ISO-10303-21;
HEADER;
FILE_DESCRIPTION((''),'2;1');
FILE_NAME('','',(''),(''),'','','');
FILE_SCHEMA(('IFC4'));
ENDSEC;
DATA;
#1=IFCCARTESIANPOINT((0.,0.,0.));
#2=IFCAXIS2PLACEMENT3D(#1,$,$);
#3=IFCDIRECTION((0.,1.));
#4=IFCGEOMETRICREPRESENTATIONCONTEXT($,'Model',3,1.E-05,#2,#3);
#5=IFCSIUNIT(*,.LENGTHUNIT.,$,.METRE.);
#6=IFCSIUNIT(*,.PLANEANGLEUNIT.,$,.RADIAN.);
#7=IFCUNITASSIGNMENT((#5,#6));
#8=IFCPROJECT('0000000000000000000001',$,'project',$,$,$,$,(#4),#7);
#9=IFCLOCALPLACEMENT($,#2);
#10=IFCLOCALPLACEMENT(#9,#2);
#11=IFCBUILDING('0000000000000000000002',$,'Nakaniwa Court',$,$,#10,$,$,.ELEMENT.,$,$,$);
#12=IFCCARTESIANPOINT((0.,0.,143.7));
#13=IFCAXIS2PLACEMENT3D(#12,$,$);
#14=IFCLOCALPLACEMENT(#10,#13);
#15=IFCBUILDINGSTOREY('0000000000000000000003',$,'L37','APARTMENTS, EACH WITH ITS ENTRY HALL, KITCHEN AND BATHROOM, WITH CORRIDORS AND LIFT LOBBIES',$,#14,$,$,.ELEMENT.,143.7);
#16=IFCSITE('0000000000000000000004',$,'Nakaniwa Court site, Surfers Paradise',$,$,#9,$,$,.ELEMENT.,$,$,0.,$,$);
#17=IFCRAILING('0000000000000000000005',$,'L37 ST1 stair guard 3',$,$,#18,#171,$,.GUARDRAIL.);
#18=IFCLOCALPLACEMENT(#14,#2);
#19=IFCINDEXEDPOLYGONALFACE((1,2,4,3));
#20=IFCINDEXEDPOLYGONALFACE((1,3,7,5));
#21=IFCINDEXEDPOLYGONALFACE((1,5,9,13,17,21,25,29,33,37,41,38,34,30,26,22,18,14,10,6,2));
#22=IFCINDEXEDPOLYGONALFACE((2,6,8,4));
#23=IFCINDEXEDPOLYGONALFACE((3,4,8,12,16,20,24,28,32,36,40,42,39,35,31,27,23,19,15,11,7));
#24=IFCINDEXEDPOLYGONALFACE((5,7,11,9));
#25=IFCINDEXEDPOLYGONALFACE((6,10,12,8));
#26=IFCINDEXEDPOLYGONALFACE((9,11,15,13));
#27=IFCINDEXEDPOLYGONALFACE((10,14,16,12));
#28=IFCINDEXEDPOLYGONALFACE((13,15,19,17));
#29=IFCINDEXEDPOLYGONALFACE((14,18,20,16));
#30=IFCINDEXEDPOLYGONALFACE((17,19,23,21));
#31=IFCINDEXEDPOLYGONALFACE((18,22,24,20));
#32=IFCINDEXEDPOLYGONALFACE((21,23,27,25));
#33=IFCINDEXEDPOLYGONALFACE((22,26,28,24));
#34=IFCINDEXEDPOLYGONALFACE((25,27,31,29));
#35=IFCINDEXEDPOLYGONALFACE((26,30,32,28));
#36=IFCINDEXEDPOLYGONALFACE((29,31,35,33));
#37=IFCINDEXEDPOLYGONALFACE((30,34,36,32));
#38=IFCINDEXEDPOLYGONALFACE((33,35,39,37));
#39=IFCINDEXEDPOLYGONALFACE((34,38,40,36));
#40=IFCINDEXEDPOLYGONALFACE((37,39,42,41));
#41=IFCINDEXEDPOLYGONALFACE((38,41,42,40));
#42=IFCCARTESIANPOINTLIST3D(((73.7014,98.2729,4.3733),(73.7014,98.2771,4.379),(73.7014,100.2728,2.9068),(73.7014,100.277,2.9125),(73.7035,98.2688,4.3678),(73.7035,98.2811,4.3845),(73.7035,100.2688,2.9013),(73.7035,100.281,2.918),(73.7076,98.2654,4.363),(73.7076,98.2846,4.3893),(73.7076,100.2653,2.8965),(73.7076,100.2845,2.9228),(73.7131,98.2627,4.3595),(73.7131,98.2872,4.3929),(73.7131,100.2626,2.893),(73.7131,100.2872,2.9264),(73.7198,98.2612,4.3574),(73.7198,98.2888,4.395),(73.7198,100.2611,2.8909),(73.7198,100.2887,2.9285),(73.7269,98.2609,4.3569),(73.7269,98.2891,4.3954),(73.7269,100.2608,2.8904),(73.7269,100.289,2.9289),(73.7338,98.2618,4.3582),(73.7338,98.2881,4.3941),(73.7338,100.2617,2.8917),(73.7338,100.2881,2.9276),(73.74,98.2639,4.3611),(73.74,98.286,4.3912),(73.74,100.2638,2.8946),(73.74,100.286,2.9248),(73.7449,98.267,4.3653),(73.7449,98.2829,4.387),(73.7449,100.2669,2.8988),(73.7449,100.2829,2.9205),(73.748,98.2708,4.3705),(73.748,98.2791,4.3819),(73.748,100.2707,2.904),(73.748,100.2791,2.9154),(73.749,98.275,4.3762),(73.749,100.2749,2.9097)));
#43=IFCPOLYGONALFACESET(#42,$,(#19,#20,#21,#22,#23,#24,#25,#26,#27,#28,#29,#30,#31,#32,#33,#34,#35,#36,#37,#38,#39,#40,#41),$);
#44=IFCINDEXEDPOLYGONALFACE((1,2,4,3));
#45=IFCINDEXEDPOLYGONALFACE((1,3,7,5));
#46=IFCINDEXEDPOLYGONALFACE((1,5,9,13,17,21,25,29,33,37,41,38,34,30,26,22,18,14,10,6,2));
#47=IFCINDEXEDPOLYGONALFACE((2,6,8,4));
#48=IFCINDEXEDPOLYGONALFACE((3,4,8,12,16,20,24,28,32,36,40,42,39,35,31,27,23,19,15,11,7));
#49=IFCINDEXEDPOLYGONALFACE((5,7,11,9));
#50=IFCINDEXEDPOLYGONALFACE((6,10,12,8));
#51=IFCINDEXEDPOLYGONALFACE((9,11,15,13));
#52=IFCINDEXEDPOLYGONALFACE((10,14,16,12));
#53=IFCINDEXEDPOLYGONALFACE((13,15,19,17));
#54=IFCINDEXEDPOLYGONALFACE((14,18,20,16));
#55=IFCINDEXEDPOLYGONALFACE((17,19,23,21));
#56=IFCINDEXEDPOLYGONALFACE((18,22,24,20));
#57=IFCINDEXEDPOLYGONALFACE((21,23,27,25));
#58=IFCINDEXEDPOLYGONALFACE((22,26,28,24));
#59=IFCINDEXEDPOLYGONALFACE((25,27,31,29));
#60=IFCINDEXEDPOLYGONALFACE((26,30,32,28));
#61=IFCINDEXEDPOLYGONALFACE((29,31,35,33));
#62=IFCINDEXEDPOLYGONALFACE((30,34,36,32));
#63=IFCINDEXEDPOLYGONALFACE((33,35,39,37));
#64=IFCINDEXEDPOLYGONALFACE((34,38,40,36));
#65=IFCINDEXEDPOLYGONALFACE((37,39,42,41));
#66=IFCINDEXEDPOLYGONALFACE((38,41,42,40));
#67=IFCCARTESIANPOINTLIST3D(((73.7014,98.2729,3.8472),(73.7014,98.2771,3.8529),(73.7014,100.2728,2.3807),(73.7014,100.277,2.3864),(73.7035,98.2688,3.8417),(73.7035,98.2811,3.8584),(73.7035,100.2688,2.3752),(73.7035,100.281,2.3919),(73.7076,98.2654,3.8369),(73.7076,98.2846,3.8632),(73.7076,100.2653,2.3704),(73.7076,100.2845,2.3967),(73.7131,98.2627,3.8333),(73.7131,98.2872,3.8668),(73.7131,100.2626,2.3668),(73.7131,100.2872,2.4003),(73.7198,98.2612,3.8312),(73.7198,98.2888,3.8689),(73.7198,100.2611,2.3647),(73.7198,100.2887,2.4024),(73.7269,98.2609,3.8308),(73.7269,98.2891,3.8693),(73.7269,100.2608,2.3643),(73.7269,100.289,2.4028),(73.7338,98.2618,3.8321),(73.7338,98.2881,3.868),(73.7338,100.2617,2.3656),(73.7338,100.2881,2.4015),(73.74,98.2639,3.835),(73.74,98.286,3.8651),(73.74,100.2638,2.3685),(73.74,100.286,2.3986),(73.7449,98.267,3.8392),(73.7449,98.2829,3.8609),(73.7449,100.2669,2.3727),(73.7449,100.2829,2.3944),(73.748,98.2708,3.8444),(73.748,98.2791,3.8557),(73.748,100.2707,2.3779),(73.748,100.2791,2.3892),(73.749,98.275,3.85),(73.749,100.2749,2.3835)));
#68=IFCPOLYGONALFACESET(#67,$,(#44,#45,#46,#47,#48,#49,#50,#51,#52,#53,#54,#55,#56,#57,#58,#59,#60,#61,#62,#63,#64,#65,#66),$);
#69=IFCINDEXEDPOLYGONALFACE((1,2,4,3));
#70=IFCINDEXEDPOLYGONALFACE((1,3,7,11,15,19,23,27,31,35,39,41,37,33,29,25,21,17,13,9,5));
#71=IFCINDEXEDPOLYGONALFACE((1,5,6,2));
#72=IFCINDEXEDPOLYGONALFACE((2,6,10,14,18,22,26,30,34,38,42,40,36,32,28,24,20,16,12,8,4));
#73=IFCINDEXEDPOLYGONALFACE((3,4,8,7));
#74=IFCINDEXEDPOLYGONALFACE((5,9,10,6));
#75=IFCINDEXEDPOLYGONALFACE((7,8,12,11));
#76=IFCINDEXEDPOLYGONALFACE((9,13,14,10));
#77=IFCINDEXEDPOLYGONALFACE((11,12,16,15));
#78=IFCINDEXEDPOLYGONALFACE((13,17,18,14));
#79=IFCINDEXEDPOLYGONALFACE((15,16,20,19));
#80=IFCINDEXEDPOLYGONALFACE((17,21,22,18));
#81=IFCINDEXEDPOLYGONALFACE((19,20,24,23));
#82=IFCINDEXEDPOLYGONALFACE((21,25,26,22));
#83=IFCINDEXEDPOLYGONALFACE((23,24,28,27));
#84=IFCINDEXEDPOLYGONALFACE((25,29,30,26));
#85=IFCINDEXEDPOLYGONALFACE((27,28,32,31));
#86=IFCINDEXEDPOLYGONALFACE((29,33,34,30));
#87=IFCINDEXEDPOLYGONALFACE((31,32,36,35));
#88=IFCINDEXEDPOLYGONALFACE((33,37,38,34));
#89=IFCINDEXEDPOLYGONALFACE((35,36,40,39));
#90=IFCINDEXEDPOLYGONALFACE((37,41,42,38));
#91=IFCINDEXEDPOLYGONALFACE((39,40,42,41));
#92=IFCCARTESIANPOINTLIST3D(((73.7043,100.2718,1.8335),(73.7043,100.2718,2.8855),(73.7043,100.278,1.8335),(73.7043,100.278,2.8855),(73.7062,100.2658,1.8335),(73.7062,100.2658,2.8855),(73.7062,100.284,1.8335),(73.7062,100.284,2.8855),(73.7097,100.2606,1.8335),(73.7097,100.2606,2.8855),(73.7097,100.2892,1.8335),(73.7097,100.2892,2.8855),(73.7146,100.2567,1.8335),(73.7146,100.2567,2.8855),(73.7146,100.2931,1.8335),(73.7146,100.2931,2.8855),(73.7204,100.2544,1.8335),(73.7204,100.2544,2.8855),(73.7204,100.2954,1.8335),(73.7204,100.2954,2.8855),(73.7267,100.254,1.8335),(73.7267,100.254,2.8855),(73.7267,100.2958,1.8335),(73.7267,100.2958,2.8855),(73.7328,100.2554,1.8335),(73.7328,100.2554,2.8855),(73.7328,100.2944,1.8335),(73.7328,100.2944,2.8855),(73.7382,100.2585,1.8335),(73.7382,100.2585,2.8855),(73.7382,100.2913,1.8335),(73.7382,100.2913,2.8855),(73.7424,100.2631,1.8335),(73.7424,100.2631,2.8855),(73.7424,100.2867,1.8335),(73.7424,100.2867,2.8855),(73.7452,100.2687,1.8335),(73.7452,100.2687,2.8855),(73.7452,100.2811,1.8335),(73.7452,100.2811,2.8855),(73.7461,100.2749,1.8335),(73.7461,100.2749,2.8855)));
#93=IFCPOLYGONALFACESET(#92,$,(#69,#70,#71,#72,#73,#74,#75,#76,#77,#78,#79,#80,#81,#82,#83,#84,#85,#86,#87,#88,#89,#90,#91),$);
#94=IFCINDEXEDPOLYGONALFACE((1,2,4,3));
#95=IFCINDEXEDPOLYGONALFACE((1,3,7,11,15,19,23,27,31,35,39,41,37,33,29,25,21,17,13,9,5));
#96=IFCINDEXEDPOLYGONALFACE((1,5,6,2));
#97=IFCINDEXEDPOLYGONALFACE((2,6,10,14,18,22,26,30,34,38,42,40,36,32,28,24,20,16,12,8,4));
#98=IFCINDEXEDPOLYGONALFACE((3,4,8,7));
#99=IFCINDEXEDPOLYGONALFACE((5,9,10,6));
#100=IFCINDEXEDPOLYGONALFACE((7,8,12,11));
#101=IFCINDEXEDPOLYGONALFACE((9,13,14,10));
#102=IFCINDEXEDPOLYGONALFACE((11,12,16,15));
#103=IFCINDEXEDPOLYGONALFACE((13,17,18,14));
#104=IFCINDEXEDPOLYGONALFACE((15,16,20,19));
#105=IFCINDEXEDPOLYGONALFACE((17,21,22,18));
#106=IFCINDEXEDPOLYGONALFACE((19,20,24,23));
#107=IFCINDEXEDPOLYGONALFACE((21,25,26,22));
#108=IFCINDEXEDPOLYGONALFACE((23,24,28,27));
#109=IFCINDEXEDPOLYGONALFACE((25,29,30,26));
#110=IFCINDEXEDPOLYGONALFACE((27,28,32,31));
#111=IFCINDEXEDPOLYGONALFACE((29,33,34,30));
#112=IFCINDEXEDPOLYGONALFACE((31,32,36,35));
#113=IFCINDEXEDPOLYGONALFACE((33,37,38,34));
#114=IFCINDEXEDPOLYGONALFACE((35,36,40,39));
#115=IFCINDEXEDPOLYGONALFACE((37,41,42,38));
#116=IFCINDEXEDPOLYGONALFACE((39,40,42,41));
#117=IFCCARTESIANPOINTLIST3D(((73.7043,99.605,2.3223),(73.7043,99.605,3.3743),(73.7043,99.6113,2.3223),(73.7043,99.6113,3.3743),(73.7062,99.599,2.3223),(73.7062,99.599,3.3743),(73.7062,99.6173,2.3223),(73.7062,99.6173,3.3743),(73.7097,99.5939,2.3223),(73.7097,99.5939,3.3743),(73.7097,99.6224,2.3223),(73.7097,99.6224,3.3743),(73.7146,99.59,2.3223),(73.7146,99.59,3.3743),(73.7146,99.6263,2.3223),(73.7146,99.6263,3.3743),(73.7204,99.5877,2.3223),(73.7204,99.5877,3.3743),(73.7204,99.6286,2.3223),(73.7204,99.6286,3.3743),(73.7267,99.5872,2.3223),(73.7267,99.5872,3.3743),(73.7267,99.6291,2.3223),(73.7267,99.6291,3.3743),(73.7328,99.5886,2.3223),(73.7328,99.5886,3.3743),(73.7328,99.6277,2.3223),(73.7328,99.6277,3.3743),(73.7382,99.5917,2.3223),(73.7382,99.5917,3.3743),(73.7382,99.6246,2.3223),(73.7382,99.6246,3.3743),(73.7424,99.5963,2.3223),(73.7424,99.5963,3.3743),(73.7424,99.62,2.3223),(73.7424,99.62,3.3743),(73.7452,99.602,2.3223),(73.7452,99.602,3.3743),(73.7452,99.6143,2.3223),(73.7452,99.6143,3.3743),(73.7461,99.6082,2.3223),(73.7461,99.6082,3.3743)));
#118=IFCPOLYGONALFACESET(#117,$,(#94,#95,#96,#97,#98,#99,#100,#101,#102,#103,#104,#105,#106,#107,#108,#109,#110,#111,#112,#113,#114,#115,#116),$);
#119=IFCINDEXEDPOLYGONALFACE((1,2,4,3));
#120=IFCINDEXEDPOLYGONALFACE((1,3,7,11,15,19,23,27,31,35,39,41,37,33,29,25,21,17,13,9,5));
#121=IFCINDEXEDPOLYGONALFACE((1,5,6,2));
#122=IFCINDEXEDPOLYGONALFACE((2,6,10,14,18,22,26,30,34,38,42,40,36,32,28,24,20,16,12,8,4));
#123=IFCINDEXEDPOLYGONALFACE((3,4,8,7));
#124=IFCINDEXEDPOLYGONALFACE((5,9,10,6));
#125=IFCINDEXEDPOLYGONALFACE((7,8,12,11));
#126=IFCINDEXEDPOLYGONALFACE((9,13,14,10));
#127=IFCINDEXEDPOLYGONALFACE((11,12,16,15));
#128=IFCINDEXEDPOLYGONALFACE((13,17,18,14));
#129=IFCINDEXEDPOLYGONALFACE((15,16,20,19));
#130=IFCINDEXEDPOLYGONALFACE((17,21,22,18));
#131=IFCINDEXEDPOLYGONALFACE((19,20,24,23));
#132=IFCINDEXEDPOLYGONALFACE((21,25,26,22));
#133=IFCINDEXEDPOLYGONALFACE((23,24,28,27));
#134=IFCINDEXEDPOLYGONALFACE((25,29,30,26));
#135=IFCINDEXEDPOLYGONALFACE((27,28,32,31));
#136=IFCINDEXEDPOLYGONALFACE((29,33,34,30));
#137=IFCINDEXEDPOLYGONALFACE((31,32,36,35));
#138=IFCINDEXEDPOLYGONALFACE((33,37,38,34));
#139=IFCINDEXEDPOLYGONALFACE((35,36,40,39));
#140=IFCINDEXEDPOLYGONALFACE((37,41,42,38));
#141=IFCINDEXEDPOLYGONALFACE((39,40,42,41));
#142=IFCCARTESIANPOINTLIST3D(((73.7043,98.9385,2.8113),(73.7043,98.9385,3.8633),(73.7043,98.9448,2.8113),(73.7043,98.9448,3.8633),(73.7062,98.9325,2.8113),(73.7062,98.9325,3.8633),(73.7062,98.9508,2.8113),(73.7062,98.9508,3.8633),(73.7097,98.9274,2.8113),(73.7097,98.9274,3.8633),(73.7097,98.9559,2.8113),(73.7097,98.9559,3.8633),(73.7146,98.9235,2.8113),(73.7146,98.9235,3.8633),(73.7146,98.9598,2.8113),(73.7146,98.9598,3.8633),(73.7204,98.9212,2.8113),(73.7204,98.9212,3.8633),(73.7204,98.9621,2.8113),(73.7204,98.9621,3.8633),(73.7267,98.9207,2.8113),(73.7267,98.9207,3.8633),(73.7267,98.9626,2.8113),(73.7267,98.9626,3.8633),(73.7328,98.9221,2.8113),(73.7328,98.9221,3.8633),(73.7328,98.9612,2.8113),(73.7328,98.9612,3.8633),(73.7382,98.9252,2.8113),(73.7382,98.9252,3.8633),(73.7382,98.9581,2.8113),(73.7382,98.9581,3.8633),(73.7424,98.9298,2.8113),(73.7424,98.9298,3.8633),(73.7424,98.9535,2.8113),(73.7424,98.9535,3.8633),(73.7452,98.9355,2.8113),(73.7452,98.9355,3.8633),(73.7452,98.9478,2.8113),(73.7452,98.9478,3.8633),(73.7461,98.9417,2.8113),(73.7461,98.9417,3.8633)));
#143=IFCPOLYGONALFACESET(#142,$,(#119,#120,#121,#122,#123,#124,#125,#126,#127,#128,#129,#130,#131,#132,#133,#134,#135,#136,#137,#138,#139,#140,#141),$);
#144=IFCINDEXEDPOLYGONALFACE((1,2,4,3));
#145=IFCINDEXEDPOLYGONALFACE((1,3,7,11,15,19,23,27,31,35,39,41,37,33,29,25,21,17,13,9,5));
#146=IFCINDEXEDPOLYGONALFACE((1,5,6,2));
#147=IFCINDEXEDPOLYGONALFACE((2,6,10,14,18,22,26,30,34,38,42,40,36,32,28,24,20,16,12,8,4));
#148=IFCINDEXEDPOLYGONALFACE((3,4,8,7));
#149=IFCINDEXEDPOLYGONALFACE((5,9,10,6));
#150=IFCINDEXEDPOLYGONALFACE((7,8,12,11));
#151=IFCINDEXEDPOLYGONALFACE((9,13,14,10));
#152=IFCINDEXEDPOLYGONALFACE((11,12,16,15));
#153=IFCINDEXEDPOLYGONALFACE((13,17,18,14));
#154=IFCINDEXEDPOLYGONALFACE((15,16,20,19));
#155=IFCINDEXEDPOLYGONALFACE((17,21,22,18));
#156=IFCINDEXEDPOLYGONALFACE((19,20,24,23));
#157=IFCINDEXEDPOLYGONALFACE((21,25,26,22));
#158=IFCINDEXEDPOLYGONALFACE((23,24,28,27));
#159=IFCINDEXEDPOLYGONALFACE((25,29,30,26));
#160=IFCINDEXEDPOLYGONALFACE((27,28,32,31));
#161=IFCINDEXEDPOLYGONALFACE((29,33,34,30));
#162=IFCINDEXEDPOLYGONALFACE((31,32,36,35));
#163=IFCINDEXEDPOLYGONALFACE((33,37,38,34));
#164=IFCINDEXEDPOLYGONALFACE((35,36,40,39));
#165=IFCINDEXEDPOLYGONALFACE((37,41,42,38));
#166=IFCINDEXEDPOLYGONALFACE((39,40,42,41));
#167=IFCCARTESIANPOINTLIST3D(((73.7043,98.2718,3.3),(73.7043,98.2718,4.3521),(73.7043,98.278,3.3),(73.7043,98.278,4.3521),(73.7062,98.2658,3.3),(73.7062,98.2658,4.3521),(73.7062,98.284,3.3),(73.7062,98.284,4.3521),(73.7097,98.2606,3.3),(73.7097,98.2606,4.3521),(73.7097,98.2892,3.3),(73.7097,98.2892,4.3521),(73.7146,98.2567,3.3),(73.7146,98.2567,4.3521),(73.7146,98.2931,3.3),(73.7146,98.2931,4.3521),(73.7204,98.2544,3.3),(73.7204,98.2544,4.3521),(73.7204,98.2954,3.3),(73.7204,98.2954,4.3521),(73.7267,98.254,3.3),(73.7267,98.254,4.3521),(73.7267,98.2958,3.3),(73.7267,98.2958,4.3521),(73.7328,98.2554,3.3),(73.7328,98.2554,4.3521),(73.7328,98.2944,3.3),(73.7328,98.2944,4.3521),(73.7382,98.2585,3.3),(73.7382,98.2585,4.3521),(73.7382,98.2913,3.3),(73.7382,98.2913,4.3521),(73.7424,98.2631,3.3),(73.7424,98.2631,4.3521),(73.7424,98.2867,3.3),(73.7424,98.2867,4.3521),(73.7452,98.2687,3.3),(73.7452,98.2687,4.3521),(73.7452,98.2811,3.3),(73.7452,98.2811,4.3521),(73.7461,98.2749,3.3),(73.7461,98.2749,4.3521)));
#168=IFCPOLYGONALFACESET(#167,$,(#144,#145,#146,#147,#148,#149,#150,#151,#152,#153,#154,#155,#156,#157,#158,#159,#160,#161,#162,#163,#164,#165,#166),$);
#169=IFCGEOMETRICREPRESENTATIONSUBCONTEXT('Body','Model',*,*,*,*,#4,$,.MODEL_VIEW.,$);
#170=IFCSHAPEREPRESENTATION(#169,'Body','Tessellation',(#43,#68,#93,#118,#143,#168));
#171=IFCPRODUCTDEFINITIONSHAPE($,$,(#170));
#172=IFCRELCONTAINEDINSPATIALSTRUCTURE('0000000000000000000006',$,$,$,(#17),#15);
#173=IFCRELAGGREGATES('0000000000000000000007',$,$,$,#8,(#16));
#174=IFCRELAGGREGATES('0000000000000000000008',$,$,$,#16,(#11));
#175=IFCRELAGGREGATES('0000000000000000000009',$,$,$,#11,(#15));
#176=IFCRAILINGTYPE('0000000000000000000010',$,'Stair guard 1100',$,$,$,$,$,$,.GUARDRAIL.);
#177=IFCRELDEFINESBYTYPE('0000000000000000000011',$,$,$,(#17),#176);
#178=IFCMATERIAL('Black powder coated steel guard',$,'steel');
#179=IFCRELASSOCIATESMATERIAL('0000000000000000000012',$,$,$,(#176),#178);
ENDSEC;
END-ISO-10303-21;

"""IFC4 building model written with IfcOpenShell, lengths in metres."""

from ifc_helpers import new_model, si_unit, direction, frame, origin, origin_2d, place, context, subcontext, project, spatial, circle, extrude, material, type_object, element, save


model = new_model("IFC4")

# Units and contexts
model_context = context("Model", 3, precision=1e-05, world=origin(), true_north=direction((0.0, 1.0)))
body_context = subcontext(model_context, "Body", "Model", "MODEL_VIEW")
ifc_project = project(units=[si_unit("LENGTHUNIT", "METRE"), si_unit("PLANEANGLEUNIT", "RADIAN")], contexts=[model_context])

# Site, building, storey
site_placement = place(None, origin())
site = spatial("IfcSite", under=ifc_project, at=site_placement, Name="Nakaniwa Court site, Surfers Paradise", CompositionType="ELEMENT", RefElevation=0.0)
building_placement = place(site_placement, origin())
building = spatial("IfcBuilding", under=site, at=building_placement, Name="Nakaniwa Court", CompositionType="ELEMENT")
storey_placement = place(building_placement, frame((0.0, 0.0, 143.7)))
storey = spatial("IfcBuildingStorey", under=building, at=storey_placement, Name="L37", Description="APARTMENTS, EACH WITH ITS ENTRY HALL, KITCHEN AND BATHROOM, WITH CORRIDORS AND LIFT LOBBIES", CompositionType="ELEMENT", Elevation=143.7)

# Railing
ifc_material_1 = material(Name="Black powder coated steel guard", Category="steel")
railing_type_1 = type_object("IfcRailingType", Name="Stair guard 1100", PredefinedType="GUARDRAIL", material=ifc_material_1)
railing_1_placement = place(storey_placement, frame((73.7251, 100.2749, 1.8335)))
element("IfcRailing", 1, at=railing_1_placement, inside=storey, type_object=railing_type_1, Name="L37 ST1 stair guard 3", PredefinedType="GUARDRAIL", context=body_context, shape_type="SweptSolid", body=[
    extrude(circle(Radius=0.0239, at=origin_2d()), frame((0.0, 0.0, 1.0762), z_axis=(0.0, -0.806427, 0.591334), x_axis=(1.0, 0.0, 0.0)), (0.0, 0.0, 1.0), 2.48),
    extrude(circle(Radius=0.0239, at=origin_2d()), frame((0.0, 0.0, 0.55), z_axis=(0.0, -0.806427, 0.591334), x_axis=(1.0, 0.0, 0.0)), (0.0, 0.0, 1.0), 2.48),
    extrude(circle(Radius=0.021, at=origin_2d()), origin(), (0.0, 0.0, 1.0), 1.052),
    extrude(circle(Radius=0.021, at=origin_2d()), frame((0.0, -0.6667, 0.4888)), (0.0, 0.0, 1.0), 1.052),
    extrude(circle(Radius=0.021, at=origin_2d()), frame((0.0, -1.3333, 0.9778)), (0.0, 0.0, 1.0), 1.052),
    extrude(circle(Radius=0.021, at=origin_2d()), frame((0.0, -2.0, 1.4666)), (0.0, 0.0, 1.0), 1.052),
])

save(model, "model.ifc")
